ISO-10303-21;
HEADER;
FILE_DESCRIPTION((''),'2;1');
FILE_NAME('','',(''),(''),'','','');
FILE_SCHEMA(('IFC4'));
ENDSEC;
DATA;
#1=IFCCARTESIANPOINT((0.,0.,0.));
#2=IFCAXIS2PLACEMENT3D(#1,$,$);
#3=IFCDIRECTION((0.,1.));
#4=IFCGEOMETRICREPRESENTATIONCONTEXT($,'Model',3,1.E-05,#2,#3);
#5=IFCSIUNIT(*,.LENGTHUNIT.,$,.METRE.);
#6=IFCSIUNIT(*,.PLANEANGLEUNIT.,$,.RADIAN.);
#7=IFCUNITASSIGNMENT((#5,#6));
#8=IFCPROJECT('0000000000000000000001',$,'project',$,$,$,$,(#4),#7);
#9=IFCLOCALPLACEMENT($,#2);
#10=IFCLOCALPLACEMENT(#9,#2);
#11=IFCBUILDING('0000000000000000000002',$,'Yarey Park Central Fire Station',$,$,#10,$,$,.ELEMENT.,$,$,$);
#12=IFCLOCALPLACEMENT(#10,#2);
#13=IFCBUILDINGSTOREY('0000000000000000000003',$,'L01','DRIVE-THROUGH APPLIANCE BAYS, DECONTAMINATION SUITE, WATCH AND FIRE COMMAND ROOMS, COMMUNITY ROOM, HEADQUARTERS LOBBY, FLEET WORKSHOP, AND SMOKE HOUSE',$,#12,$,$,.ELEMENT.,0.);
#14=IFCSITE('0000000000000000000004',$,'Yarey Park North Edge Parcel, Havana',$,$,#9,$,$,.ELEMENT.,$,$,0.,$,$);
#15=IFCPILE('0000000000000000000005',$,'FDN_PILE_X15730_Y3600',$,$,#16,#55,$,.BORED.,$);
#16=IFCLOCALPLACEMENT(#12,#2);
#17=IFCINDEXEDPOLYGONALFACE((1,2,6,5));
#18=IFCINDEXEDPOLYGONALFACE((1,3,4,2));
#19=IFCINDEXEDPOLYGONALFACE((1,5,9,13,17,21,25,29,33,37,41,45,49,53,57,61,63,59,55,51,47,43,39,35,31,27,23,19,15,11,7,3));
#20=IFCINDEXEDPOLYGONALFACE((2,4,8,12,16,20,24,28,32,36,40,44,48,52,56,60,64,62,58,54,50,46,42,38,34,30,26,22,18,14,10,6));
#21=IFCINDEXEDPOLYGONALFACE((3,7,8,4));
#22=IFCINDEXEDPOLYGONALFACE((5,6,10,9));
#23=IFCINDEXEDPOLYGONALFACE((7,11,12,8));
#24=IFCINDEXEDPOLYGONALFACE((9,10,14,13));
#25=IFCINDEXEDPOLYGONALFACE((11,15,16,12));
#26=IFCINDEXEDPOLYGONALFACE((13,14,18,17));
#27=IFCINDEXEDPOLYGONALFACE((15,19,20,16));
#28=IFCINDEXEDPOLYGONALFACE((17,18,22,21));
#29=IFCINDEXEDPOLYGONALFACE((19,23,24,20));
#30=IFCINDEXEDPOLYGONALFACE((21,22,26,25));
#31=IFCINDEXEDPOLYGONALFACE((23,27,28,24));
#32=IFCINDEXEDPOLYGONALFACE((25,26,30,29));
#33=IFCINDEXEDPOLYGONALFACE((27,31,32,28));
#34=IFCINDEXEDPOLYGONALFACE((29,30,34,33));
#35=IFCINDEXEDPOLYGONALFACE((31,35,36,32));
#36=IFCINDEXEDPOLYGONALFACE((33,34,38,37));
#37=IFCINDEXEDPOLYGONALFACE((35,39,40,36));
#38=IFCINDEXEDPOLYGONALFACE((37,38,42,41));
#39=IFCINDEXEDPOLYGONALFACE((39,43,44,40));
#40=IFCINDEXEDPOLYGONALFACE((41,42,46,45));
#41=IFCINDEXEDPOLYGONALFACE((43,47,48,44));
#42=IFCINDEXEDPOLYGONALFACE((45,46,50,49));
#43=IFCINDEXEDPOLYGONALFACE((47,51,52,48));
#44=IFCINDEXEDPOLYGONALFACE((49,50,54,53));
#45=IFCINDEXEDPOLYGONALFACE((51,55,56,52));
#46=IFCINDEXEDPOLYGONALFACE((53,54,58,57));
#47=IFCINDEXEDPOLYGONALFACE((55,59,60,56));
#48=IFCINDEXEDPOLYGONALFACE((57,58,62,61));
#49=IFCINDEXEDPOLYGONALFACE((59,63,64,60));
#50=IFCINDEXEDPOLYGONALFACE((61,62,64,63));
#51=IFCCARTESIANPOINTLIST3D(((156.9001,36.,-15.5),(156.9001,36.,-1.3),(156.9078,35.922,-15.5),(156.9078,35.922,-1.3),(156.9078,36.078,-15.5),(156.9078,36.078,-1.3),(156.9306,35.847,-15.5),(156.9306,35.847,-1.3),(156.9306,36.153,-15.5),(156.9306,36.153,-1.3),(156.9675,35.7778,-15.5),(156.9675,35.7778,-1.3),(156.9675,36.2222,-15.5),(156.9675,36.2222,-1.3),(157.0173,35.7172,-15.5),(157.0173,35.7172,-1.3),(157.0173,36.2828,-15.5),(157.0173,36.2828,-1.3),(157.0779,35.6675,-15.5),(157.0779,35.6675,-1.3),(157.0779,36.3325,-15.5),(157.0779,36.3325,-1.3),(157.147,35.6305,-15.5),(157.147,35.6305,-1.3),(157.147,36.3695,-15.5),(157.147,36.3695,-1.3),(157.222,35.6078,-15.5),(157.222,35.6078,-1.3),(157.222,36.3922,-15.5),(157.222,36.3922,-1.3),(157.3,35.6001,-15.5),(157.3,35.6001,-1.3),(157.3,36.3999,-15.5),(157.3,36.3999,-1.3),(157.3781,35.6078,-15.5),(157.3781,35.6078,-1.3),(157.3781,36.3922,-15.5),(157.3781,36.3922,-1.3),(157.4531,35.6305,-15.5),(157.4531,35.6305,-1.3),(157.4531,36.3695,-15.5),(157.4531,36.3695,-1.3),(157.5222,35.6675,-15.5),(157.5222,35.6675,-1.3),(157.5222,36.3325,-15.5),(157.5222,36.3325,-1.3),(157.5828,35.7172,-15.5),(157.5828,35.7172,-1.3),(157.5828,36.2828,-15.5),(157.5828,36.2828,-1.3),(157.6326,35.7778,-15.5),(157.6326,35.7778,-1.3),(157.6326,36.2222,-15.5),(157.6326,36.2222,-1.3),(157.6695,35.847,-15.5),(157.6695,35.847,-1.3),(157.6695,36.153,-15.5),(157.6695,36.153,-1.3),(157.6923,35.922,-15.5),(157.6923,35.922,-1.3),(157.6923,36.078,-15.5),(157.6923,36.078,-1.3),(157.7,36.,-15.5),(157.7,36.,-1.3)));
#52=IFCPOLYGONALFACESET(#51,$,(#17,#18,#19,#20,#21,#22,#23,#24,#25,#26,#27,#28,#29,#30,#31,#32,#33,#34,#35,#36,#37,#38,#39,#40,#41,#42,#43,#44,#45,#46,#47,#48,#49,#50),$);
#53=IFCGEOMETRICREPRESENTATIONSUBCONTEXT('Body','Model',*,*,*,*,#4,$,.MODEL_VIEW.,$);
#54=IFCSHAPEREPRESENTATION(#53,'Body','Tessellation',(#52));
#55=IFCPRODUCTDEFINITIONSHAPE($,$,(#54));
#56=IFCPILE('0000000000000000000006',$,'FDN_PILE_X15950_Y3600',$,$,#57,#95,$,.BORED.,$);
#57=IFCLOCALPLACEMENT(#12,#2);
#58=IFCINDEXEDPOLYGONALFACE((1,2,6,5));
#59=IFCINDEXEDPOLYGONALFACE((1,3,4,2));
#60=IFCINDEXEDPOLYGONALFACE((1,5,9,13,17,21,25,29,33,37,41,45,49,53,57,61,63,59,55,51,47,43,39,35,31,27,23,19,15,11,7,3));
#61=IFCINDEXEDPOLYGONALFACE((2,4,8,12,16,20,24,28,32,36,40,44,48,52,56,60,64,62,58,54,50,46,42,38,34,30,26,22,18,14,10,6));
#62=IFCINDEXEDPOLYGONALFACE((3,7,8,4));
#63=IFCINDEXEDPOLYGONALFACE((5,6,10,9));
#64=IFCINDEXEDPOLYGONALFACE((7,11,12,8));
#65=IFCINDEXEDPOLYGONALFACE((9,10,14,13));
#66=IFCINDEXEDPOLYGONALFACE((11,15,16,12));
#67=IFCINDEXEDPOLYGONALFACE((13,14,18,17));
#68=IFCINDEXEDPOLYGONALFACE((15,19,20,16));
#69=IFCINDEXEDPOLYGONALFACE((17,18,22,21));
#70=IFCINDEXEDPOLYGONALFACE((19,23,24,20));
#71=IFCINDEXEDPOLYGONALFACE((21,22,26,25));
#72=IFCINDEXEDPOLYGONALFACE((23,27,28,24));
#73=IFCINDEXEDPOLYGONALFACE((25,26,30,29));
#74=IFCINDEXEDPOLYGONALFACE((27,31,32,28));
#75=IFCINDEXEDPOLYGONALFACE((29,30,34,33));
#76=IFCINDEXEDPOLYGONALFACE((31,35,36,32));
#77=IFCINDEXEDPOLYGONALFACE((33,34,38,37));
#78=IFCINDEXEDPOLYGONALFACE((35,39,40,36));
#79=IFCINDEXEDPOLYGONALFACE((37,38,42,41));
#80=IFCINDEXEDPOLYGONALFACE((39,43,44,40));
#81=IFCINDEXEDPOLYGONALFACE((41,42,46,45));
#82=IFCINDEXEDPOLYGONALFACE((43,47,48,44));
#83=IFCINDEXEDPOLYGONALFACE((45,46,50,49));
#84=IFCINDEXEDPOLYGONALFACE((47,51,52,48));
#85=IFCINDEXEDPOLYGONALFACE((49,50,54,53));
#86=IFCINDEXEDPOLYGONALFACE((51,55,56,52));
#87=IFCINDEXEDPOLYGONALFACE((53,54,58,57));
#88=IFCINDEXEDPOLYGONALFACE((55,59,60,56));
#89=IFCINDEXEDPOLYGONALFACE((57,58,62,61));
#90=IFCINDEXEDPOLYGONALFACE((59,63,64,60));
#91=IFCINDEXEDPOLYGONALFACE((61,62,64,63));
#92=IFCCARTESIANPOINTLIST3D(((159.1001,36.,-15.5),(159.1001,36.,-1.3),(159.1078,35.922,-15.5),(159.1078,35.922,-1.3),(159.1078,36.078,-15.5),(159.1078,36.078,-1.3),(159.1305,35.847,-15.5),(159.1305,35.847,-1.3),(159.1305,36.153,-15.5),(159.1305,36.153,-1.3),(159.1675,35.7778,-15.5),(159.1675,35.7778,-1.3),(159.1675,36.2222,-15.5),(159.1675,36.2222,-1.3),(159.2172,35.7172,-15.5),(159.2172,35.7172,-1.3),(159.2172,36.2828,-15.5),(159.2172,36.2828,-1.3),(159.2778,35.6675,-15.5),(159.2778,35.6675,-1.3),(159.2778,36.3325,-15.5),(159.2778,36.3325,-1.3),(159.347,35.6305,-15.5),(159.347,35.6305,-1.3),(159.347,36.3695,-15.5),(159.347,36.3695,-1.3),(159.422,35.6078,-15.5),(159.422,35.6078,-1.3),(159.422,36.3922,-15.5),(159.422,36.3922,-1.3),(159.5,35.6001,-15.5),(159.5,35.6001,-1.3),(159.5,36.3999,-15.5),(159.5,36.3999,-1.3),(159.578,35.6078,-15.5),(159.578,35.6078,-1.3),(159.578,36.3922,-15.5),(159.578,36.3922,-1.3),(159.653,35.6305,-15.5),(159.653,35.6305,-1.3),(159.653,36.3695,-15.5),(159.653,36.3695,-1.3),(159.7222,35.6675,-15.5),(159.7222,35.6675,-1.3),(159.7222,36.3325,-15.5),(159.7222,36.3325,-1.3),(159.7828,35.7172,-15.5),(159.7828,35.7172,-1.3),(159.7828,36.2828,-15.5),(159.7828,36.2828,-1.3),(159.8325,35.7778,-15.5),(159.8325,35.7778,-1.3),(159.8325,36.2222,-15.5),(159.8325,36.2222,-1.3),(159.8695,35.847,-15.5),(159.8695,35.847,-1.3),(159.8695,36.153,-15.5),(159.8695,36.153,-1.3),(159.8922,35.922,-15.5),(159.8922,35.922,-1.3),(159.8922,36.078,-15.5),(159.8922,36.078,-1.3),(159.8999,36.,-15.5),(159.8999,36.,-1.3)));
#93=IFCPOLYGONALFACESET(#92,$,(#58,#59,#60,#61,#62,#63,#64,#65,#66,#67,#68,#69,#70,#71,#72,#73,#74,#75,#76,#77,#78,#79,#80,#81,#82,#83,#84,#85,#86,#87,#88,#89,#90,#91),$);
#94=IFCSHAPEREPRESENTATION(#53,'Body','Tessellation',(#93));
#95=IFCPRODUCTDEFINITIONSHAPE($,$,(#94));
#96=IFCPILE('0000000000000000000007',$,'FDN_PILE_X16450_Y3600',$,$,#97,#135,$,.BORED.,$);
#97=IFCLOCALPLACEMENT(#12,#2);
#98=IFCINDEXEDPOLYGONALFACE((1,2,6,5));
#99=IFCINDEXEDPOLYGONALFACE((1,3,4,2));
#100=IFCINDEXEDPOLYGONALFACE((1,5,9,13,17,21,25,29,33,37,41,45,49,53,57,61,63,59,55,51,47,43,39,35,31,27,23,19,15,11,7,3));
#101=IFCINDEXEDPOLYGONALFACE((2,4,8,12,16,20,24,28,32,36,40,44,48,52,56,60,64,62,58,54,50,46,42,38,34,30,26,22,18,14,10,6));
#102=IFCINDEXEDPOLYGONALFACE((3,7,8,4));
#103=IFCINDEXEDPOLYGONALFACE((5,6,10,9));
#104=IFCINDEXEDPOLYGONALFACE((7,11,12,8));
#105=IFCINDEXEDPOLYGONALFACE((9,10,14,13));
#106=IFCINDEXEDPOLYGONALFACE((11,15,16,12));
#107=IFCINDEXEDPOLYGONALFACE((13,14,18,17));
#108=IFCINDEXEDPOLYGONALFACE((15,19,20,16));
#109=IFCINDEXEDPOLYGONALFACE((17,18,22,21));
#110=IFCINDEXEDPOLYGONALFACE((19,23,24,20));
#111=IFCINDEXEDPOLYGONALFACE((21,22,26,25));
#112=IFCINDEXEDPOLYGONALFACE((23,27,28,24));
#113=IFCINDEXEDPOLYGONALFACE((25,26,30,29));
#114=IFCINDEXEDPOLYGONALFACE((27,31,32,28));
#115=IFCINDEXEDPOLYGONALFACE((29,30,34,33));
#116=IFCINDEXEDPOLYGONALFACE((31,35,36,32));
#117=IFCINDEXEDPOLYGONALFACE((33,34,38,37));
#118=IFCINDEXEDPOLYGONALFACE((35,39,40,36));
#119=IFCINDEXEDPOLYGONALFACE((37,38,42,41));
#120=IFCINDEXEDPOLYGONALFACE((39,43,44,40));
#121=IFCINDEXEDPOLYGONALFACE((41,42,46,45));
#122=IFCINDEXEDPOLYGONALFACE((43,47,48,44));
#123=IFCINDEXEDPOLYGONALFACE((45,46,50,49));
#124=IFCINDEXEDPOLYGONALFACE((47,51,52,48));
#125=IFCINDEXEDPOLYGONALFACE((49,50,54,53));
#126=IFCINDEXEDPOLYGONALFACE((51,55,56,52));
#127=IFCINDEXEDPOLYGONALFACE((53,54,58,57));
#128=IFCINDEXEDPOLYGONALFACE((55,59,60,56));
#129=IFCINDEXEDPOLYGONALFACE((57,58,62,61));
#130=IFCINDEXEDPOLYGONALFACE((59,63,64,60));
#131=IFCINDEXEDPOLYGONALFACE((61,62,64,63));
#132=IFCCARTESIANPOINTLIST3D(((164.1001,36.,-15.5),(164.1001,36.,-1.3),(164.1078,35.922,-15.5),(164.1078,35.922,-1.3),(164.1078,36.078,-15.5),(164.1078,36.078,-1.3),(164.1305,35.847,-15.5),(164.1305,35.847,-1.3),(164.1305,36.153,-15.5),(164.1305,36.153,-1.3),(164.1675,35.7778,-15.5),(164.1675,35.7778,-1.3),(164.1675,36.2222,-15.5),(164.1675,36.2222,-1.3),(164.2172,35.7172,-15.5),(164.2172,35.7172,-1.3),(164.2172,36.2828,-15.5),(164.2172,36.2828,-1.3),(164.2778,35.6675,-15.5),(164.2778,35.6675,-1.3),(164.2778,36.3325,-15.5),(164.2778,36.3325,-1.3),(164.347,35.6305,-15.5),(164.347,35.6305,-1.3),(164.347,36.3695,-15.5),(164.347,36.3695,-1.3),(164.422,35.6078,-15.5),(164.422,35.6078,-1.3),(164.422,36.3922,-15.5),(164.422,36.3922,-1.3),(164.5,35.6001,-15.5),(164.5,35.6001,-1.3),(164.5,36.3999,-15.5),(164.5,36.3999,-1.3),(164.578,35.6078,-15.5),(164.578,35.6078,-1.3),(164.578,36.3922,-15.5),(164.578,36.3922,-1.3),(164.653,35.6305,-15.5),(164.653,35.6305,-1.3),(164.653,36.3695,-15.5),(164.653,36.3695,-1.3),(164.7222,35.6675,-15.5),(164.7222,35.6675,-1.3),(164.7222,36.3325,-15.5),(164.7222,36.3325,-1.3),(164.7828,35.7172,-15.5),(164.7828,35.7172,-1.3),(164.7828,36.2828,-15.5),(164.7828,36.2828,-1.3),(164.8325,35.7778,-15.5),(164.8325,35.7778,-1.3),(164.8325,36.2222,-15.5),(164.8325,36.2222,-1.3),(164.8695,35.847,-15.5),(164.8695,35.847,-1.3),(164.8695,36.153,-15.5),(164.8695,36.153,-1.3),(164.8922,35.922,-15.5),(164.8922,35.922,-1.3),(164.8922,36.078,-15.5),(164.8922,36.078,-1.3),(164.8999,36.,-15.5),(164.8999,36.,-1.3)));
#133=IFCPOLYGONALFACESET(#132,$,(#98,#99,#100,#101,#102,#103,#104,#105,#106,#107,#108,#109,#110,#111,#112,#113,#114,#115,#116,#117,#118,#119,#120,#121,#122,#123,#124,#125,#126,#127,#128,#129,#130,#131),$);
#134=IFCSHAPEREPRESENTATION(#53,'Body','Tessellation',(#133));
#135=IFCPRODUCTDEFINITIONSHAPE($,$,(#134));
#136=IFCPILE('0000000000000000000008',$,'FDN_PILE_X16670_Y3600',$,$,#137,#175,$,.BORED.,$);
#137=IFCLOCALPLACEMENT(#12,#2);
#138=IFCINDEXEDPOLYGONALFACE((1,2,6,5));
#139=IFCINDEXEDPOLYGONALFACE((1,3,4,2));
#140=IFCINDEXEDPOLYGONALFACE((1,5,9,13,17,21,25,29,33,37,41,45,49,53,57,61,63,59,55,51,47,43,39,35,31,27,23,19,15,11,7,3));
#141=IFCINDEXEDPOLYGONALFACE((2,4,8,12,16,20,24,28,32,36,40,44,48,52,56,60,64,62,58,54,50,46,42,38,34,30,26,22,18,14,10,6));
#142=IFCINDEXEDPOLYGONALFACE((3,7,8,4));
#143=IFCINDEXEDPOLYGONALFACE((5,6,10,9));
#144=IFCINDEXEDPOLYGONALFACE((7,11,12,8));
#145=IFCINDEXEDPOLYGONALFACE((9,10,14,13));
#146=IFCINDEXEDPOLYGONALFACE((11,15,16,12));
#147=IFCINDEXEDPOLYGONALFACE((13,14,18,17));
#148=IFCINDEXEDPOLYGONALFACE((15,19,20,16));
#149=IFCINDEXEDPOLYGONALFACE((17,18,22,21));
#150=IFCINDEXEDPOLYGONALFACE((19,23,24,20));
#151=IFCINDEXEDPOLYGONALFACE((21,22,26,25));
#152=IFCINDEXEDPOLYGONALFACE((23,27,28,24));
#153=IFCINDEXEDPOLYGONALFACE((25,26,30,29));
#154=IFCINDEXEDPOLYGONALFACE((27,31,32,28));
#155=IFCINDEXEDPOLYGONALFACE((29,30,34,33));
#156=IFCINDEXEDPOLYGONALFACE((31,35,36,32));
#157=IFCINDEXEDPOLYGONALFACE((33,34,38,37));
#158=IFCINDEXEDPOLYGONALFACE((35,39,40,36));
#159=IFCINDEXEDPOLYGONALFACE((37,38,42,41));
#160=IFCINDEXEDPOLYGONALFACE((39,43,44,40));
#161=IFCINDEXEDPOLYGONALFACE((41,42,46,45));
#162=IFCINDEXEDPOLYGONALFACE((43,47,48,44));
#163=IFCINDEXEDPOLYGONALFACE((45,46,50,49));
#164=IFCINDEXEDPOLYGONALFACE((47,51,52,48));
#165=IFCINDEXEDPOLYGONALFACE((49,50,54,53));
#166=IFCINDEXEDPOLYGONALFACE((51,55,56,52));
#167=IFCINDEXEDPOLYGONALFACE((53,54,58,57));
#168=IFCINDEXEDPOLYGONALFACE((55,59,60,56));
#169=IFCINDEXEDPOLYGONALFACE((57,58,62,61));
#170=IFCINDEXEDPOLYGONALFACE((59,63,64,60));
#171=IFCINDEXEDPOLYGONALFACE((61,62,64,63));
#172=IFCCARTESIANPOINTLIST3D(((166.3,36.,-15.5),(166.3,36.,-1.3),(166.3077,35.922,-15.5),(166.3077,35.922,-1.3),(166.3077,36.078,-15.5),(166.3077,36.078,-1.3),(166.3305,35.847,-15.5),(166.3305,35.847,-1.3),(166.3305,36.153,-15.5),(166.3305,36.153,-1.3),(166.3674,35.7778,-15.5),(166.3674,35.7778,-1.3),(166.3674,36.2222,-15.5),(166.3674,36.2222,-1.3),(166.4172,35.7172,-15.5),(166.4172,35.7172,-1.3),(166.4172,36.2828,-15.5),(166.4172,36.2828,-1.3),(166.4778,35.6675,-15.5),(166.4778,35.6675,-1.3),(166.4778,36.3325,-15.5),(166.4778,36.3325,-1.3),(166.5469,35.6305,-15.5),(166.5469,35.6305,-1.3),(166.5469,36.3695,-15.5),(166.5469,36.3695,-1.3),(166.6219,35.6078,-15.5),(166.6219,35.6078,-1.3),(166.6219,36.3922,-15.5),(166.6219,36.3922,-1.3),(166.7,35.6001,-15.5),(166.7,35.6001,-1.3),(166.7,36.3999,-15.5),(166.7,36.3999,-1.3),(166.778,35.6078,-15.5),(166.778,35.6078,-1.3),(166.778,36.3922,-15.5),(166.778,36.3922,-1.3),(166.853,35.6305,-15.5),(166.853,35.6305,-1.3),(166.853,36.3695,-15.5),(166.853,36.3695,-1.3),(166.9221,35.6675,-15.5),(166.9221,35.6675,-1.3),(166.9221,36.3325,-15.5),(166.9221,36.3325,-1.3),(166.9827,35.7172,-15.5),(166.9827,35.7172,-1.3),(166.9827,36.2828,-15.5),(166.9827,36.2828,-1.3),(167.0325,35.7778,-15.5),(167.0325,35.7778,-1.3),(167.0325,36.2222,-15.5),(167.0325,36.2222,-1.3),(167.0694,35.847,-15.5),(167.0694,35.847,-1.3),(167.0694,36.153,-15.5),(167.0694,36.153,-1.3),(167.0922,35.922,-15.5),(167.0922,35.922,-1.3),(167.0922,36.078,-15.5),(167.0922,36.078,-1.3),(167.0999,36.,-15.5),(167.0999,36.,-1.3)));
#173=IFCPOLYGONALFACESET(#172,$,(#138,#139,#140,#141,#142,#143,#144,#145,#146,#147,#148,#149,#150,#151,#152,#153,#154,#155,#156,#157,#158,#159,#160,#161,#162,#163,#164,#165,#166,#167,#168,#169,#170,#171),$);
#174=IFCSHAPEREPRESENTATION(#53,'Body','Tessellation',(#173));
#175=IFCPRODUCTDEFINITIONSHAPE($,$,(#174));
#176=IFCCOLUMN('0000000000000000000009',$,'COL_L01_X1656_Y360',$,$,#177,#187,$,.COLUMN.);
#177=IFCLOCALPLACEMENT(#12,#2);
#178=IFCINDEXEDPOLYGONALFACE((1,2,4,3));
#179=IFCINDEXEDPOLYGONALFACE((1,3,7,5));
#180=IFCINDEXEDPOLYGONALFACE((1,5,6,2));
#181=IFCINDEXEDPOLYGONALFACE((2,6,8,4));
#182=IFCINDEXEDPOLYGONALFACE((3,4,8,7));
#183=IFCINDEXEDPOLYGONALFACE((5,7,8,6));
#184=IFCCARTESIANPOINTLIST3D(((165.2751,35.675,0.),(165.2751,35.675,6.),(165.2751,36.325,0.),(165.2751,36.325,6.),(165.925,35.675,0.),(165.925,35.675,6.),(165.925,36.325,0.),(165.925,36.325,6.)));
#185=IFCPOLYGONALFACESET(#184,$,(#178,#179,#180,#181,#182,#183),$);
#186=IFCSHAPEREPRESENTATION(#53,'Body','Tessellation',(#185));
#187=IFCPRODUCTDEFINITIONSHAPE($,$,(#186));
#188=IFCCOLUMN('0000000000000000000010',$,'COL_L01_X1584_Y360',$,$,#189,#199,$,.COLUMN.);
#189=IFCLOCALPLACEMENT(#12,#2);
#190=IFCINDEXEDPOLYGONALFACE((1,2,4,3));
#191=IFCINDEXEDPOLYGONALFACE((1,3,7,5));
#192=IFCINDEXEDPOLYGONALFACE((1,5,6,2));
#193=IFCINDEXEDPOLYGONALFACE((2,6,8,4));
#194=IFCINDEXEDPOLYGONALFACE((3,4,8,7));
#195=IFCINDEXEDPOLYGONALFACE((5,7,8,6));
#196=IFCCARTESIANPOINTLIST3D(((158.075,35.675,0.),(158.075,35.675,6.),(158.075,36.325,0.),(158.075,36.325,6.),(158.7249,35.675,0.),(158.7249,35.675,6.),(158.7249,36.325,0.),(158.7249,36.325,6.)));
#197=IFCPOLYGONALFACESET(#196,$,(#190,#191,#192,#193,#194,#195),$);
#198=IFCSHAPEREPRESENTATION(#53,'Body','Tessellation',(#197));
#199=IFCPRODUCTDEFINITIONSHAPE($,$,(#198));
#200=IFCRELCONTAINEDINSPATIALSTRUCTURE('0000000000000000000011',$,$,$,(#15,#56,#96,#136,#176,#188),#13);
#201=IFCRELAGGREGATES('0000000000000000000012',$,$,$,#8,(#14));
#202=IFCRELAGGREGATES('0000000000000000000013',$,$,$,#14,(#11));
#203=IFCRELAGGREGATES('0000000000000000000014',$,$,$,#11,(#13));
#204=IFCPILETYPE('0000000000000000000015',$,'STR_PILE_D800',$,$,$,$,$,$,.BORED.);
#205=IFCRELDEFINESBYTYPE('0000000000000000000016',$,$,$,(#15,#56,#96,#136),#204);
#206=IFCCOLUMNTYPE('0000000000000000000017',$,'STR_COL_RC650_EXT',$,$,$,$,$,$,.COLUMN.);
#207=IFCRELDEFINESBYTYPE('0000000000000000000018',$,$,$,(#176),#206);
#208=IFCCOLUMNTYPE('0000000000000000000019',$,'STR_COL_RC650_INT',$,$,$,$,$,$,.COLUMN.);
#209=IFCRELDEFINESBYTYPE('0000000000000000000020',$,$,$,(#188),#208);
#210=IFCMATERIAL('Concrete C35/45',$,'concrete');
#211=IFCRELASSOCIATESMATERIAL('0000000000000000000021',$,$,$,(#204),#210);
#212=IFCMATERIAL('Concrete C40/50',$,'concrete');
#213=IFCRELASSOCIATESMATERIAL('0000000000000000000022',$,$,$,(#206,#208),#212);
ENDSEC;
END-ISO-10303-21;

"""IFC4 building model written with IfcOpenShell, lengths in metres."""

from ifc_helpers import new_model, si_unit, direction, frame, origin, origin_2d, place, context, subcontext, project, spatial, rectangle, circle, extrude, material, material_profile, profile_set, type_object, element, save


model = new_model("IFC4")

# Units and contexts
model_context = context("Model", 3, precision=1e-05, world=origin(), true_north=direction((0.0, 1.0)))
body_context = subcontext(model_context, "Body", "Model", "MODEL_VIEW")
ifc_project = project(units=[si_unit("LENGTHUNIT", "METRE"), si_unit("PLANEANGLEUNIT", "RADIAN")], contexts=[model_context])

# Site, building, storey
site_placement = place(None, origin())
site = spatial("IfcSite", under=ifc_project, at=site_placement, Name="Yarey Park North Edge Parcel, Havana", CompositionType="ELEMENT", RefElevation=0.0)
building_placement = place(site_placement, origin())
building = spatial("IfcBuilding", under=site, at=building_placement, Name="Yarey Park Central Fire Station", CompositionType="ELEMENT")
storey_placement = place(building_placement, origin())
storey = spatial("IfcBuildingStorey", under=building, at=storey_placement, Name="L01", Description="DRIVE-THROUGH APPLIANCE BAYS, DECONTAMINATION SUITE, WATCH AND FIRE COMMAND ROOMS, COMMUNITY ROOM, HEADQUARTERS LOBBY, FLEET WORKSHOP, AND SMOKE HOUSE", CompositionType="ELEMENT", Elevation=0.0)

# Shared definitions
ifc_material_1 = material(Name="Concrete C35/45", Category="concrete")

# Piles
ifc_material_profile_1 = material_profile(ifc_material_1, circle(Radius=0.3999, at=origin_2d()), Name="BORED PILE D800")
ifc_profile_set_1 = profile_set([ifc_material_profile_1], Name="Concrete C35/45")
pile_type_1 = type_object("IfcPileType", Name="STR_PILE_D800", PredefinedType="BORED", material=ifc_profile_set_1)
for number, where, z_axis, x_axis, name in (
    (1, (157.3, 36.0, -1.3), (0.0, 0.0, -1.0), (1.0, 0.0, 0.0), "FDN_PILE_X15730_Y3600"),
    (2, (159.5, 36.0, -1.3), (0.0, 0.0, -1.0), (1.0, 0.0, 0.0), "FDN_PILE_X15950_Y3600"),
    (3, (164.5, 36.0, -1.3), (0.0, 0.0, -1.0), (1.0, 0.0, 0.0), "FDN_PILE_X16450_Y3600"),
    (4, (166.7, 36.0, -1.3), (0.0, 0.0, -1.0), (1.0, 0.0, 0.0), "FDN_PILE_X16670_Y3600"),
):
    element("IfcPile", number, at=place(storey_placement, frame(where, z_axis=z_axis, x_axis=x_axis)), inside=storey, type_object=pile_type_1, Name=name, PredefinedType="BORED", context=body_context, shape_type="SweptSolid", body=[
        extrude(circle(Radius=0.3999, at=origin_2d()), origin(), (0.0, 0.0, 1.0), 14.2),
    ])

# Columns
ifc_material_2 = material(Name="Concrete C40/50", Category="concrete")
ifc_material_profile_2 = material_profile(ifc_material_2, rectangle(XDim=0.6499, YDim=0.6499, at=origin_2d()), Name="RC 650x650")
ifc_profile_set_2 = profile_set([ifc_material_profile_2], Name="Concrete C40/50")
column_type_1 = type_object("IfcColumnType", Name="STR_COL_RC650_EXT", PredefinedType="COLUMN", material=ifc_profile_set_2)
column_1_placement = place(storey_placement, frame((165.6001, 36.0, 0.0), z_axis=(0.0, 0.0, 1.0), x_axis=(1.0, 0.0, 0.0)))
element("IfcColumn", 5, at=column_1_placement, inside=storey, type_object=column_type_1, Name="COL_L01_X1656_Y360", PredefinedType="COLUMN", context=body_context, shape_type="SweptSolid", body=[
    extrude(rectangle(XDim=0.6499, YDim=0.6499, at=origin_2d()), origin(), (0.0, 0.0, 1.0), 6.0),
])
ifc_material_profile_3 = material_profile(ifc_material_2, rectangle(XDim=0.6499, YDim=0.6499, at=origin_2d()), Name="RC 650x650")
ifc_profile_set_3 = profile_set([ifc_material_profile_3], Name="Concrete C40/50")
column_type_2 = type_object("IfcColumnType", Name="STR_COL_RC650_INT", PredefinedType="COLUMN", material=ifc_profile_set_3)
column_2_placement = place(storey_placement, frame((158.3999, 36.0, 0.0), z_axis=(0.0, 0.0, 1.0), x_axis=(1.0, 0.0, 0.0)))
element("IfcColumn", 6, at=column_2_placement, inside=storey, type_object=column_type_2, Name="COL_L01_X1584_Y360", PredefinedType="COLUMN", context=body_context, shape_type="SweptSolid", body=[
    extrude(rectangle(XDim=0.6499, YDim=0.6499, at=origin_2d()), origin(), (0.0, 0.0, 1.0), 6.0),
])

save(model, "model.ifc")
